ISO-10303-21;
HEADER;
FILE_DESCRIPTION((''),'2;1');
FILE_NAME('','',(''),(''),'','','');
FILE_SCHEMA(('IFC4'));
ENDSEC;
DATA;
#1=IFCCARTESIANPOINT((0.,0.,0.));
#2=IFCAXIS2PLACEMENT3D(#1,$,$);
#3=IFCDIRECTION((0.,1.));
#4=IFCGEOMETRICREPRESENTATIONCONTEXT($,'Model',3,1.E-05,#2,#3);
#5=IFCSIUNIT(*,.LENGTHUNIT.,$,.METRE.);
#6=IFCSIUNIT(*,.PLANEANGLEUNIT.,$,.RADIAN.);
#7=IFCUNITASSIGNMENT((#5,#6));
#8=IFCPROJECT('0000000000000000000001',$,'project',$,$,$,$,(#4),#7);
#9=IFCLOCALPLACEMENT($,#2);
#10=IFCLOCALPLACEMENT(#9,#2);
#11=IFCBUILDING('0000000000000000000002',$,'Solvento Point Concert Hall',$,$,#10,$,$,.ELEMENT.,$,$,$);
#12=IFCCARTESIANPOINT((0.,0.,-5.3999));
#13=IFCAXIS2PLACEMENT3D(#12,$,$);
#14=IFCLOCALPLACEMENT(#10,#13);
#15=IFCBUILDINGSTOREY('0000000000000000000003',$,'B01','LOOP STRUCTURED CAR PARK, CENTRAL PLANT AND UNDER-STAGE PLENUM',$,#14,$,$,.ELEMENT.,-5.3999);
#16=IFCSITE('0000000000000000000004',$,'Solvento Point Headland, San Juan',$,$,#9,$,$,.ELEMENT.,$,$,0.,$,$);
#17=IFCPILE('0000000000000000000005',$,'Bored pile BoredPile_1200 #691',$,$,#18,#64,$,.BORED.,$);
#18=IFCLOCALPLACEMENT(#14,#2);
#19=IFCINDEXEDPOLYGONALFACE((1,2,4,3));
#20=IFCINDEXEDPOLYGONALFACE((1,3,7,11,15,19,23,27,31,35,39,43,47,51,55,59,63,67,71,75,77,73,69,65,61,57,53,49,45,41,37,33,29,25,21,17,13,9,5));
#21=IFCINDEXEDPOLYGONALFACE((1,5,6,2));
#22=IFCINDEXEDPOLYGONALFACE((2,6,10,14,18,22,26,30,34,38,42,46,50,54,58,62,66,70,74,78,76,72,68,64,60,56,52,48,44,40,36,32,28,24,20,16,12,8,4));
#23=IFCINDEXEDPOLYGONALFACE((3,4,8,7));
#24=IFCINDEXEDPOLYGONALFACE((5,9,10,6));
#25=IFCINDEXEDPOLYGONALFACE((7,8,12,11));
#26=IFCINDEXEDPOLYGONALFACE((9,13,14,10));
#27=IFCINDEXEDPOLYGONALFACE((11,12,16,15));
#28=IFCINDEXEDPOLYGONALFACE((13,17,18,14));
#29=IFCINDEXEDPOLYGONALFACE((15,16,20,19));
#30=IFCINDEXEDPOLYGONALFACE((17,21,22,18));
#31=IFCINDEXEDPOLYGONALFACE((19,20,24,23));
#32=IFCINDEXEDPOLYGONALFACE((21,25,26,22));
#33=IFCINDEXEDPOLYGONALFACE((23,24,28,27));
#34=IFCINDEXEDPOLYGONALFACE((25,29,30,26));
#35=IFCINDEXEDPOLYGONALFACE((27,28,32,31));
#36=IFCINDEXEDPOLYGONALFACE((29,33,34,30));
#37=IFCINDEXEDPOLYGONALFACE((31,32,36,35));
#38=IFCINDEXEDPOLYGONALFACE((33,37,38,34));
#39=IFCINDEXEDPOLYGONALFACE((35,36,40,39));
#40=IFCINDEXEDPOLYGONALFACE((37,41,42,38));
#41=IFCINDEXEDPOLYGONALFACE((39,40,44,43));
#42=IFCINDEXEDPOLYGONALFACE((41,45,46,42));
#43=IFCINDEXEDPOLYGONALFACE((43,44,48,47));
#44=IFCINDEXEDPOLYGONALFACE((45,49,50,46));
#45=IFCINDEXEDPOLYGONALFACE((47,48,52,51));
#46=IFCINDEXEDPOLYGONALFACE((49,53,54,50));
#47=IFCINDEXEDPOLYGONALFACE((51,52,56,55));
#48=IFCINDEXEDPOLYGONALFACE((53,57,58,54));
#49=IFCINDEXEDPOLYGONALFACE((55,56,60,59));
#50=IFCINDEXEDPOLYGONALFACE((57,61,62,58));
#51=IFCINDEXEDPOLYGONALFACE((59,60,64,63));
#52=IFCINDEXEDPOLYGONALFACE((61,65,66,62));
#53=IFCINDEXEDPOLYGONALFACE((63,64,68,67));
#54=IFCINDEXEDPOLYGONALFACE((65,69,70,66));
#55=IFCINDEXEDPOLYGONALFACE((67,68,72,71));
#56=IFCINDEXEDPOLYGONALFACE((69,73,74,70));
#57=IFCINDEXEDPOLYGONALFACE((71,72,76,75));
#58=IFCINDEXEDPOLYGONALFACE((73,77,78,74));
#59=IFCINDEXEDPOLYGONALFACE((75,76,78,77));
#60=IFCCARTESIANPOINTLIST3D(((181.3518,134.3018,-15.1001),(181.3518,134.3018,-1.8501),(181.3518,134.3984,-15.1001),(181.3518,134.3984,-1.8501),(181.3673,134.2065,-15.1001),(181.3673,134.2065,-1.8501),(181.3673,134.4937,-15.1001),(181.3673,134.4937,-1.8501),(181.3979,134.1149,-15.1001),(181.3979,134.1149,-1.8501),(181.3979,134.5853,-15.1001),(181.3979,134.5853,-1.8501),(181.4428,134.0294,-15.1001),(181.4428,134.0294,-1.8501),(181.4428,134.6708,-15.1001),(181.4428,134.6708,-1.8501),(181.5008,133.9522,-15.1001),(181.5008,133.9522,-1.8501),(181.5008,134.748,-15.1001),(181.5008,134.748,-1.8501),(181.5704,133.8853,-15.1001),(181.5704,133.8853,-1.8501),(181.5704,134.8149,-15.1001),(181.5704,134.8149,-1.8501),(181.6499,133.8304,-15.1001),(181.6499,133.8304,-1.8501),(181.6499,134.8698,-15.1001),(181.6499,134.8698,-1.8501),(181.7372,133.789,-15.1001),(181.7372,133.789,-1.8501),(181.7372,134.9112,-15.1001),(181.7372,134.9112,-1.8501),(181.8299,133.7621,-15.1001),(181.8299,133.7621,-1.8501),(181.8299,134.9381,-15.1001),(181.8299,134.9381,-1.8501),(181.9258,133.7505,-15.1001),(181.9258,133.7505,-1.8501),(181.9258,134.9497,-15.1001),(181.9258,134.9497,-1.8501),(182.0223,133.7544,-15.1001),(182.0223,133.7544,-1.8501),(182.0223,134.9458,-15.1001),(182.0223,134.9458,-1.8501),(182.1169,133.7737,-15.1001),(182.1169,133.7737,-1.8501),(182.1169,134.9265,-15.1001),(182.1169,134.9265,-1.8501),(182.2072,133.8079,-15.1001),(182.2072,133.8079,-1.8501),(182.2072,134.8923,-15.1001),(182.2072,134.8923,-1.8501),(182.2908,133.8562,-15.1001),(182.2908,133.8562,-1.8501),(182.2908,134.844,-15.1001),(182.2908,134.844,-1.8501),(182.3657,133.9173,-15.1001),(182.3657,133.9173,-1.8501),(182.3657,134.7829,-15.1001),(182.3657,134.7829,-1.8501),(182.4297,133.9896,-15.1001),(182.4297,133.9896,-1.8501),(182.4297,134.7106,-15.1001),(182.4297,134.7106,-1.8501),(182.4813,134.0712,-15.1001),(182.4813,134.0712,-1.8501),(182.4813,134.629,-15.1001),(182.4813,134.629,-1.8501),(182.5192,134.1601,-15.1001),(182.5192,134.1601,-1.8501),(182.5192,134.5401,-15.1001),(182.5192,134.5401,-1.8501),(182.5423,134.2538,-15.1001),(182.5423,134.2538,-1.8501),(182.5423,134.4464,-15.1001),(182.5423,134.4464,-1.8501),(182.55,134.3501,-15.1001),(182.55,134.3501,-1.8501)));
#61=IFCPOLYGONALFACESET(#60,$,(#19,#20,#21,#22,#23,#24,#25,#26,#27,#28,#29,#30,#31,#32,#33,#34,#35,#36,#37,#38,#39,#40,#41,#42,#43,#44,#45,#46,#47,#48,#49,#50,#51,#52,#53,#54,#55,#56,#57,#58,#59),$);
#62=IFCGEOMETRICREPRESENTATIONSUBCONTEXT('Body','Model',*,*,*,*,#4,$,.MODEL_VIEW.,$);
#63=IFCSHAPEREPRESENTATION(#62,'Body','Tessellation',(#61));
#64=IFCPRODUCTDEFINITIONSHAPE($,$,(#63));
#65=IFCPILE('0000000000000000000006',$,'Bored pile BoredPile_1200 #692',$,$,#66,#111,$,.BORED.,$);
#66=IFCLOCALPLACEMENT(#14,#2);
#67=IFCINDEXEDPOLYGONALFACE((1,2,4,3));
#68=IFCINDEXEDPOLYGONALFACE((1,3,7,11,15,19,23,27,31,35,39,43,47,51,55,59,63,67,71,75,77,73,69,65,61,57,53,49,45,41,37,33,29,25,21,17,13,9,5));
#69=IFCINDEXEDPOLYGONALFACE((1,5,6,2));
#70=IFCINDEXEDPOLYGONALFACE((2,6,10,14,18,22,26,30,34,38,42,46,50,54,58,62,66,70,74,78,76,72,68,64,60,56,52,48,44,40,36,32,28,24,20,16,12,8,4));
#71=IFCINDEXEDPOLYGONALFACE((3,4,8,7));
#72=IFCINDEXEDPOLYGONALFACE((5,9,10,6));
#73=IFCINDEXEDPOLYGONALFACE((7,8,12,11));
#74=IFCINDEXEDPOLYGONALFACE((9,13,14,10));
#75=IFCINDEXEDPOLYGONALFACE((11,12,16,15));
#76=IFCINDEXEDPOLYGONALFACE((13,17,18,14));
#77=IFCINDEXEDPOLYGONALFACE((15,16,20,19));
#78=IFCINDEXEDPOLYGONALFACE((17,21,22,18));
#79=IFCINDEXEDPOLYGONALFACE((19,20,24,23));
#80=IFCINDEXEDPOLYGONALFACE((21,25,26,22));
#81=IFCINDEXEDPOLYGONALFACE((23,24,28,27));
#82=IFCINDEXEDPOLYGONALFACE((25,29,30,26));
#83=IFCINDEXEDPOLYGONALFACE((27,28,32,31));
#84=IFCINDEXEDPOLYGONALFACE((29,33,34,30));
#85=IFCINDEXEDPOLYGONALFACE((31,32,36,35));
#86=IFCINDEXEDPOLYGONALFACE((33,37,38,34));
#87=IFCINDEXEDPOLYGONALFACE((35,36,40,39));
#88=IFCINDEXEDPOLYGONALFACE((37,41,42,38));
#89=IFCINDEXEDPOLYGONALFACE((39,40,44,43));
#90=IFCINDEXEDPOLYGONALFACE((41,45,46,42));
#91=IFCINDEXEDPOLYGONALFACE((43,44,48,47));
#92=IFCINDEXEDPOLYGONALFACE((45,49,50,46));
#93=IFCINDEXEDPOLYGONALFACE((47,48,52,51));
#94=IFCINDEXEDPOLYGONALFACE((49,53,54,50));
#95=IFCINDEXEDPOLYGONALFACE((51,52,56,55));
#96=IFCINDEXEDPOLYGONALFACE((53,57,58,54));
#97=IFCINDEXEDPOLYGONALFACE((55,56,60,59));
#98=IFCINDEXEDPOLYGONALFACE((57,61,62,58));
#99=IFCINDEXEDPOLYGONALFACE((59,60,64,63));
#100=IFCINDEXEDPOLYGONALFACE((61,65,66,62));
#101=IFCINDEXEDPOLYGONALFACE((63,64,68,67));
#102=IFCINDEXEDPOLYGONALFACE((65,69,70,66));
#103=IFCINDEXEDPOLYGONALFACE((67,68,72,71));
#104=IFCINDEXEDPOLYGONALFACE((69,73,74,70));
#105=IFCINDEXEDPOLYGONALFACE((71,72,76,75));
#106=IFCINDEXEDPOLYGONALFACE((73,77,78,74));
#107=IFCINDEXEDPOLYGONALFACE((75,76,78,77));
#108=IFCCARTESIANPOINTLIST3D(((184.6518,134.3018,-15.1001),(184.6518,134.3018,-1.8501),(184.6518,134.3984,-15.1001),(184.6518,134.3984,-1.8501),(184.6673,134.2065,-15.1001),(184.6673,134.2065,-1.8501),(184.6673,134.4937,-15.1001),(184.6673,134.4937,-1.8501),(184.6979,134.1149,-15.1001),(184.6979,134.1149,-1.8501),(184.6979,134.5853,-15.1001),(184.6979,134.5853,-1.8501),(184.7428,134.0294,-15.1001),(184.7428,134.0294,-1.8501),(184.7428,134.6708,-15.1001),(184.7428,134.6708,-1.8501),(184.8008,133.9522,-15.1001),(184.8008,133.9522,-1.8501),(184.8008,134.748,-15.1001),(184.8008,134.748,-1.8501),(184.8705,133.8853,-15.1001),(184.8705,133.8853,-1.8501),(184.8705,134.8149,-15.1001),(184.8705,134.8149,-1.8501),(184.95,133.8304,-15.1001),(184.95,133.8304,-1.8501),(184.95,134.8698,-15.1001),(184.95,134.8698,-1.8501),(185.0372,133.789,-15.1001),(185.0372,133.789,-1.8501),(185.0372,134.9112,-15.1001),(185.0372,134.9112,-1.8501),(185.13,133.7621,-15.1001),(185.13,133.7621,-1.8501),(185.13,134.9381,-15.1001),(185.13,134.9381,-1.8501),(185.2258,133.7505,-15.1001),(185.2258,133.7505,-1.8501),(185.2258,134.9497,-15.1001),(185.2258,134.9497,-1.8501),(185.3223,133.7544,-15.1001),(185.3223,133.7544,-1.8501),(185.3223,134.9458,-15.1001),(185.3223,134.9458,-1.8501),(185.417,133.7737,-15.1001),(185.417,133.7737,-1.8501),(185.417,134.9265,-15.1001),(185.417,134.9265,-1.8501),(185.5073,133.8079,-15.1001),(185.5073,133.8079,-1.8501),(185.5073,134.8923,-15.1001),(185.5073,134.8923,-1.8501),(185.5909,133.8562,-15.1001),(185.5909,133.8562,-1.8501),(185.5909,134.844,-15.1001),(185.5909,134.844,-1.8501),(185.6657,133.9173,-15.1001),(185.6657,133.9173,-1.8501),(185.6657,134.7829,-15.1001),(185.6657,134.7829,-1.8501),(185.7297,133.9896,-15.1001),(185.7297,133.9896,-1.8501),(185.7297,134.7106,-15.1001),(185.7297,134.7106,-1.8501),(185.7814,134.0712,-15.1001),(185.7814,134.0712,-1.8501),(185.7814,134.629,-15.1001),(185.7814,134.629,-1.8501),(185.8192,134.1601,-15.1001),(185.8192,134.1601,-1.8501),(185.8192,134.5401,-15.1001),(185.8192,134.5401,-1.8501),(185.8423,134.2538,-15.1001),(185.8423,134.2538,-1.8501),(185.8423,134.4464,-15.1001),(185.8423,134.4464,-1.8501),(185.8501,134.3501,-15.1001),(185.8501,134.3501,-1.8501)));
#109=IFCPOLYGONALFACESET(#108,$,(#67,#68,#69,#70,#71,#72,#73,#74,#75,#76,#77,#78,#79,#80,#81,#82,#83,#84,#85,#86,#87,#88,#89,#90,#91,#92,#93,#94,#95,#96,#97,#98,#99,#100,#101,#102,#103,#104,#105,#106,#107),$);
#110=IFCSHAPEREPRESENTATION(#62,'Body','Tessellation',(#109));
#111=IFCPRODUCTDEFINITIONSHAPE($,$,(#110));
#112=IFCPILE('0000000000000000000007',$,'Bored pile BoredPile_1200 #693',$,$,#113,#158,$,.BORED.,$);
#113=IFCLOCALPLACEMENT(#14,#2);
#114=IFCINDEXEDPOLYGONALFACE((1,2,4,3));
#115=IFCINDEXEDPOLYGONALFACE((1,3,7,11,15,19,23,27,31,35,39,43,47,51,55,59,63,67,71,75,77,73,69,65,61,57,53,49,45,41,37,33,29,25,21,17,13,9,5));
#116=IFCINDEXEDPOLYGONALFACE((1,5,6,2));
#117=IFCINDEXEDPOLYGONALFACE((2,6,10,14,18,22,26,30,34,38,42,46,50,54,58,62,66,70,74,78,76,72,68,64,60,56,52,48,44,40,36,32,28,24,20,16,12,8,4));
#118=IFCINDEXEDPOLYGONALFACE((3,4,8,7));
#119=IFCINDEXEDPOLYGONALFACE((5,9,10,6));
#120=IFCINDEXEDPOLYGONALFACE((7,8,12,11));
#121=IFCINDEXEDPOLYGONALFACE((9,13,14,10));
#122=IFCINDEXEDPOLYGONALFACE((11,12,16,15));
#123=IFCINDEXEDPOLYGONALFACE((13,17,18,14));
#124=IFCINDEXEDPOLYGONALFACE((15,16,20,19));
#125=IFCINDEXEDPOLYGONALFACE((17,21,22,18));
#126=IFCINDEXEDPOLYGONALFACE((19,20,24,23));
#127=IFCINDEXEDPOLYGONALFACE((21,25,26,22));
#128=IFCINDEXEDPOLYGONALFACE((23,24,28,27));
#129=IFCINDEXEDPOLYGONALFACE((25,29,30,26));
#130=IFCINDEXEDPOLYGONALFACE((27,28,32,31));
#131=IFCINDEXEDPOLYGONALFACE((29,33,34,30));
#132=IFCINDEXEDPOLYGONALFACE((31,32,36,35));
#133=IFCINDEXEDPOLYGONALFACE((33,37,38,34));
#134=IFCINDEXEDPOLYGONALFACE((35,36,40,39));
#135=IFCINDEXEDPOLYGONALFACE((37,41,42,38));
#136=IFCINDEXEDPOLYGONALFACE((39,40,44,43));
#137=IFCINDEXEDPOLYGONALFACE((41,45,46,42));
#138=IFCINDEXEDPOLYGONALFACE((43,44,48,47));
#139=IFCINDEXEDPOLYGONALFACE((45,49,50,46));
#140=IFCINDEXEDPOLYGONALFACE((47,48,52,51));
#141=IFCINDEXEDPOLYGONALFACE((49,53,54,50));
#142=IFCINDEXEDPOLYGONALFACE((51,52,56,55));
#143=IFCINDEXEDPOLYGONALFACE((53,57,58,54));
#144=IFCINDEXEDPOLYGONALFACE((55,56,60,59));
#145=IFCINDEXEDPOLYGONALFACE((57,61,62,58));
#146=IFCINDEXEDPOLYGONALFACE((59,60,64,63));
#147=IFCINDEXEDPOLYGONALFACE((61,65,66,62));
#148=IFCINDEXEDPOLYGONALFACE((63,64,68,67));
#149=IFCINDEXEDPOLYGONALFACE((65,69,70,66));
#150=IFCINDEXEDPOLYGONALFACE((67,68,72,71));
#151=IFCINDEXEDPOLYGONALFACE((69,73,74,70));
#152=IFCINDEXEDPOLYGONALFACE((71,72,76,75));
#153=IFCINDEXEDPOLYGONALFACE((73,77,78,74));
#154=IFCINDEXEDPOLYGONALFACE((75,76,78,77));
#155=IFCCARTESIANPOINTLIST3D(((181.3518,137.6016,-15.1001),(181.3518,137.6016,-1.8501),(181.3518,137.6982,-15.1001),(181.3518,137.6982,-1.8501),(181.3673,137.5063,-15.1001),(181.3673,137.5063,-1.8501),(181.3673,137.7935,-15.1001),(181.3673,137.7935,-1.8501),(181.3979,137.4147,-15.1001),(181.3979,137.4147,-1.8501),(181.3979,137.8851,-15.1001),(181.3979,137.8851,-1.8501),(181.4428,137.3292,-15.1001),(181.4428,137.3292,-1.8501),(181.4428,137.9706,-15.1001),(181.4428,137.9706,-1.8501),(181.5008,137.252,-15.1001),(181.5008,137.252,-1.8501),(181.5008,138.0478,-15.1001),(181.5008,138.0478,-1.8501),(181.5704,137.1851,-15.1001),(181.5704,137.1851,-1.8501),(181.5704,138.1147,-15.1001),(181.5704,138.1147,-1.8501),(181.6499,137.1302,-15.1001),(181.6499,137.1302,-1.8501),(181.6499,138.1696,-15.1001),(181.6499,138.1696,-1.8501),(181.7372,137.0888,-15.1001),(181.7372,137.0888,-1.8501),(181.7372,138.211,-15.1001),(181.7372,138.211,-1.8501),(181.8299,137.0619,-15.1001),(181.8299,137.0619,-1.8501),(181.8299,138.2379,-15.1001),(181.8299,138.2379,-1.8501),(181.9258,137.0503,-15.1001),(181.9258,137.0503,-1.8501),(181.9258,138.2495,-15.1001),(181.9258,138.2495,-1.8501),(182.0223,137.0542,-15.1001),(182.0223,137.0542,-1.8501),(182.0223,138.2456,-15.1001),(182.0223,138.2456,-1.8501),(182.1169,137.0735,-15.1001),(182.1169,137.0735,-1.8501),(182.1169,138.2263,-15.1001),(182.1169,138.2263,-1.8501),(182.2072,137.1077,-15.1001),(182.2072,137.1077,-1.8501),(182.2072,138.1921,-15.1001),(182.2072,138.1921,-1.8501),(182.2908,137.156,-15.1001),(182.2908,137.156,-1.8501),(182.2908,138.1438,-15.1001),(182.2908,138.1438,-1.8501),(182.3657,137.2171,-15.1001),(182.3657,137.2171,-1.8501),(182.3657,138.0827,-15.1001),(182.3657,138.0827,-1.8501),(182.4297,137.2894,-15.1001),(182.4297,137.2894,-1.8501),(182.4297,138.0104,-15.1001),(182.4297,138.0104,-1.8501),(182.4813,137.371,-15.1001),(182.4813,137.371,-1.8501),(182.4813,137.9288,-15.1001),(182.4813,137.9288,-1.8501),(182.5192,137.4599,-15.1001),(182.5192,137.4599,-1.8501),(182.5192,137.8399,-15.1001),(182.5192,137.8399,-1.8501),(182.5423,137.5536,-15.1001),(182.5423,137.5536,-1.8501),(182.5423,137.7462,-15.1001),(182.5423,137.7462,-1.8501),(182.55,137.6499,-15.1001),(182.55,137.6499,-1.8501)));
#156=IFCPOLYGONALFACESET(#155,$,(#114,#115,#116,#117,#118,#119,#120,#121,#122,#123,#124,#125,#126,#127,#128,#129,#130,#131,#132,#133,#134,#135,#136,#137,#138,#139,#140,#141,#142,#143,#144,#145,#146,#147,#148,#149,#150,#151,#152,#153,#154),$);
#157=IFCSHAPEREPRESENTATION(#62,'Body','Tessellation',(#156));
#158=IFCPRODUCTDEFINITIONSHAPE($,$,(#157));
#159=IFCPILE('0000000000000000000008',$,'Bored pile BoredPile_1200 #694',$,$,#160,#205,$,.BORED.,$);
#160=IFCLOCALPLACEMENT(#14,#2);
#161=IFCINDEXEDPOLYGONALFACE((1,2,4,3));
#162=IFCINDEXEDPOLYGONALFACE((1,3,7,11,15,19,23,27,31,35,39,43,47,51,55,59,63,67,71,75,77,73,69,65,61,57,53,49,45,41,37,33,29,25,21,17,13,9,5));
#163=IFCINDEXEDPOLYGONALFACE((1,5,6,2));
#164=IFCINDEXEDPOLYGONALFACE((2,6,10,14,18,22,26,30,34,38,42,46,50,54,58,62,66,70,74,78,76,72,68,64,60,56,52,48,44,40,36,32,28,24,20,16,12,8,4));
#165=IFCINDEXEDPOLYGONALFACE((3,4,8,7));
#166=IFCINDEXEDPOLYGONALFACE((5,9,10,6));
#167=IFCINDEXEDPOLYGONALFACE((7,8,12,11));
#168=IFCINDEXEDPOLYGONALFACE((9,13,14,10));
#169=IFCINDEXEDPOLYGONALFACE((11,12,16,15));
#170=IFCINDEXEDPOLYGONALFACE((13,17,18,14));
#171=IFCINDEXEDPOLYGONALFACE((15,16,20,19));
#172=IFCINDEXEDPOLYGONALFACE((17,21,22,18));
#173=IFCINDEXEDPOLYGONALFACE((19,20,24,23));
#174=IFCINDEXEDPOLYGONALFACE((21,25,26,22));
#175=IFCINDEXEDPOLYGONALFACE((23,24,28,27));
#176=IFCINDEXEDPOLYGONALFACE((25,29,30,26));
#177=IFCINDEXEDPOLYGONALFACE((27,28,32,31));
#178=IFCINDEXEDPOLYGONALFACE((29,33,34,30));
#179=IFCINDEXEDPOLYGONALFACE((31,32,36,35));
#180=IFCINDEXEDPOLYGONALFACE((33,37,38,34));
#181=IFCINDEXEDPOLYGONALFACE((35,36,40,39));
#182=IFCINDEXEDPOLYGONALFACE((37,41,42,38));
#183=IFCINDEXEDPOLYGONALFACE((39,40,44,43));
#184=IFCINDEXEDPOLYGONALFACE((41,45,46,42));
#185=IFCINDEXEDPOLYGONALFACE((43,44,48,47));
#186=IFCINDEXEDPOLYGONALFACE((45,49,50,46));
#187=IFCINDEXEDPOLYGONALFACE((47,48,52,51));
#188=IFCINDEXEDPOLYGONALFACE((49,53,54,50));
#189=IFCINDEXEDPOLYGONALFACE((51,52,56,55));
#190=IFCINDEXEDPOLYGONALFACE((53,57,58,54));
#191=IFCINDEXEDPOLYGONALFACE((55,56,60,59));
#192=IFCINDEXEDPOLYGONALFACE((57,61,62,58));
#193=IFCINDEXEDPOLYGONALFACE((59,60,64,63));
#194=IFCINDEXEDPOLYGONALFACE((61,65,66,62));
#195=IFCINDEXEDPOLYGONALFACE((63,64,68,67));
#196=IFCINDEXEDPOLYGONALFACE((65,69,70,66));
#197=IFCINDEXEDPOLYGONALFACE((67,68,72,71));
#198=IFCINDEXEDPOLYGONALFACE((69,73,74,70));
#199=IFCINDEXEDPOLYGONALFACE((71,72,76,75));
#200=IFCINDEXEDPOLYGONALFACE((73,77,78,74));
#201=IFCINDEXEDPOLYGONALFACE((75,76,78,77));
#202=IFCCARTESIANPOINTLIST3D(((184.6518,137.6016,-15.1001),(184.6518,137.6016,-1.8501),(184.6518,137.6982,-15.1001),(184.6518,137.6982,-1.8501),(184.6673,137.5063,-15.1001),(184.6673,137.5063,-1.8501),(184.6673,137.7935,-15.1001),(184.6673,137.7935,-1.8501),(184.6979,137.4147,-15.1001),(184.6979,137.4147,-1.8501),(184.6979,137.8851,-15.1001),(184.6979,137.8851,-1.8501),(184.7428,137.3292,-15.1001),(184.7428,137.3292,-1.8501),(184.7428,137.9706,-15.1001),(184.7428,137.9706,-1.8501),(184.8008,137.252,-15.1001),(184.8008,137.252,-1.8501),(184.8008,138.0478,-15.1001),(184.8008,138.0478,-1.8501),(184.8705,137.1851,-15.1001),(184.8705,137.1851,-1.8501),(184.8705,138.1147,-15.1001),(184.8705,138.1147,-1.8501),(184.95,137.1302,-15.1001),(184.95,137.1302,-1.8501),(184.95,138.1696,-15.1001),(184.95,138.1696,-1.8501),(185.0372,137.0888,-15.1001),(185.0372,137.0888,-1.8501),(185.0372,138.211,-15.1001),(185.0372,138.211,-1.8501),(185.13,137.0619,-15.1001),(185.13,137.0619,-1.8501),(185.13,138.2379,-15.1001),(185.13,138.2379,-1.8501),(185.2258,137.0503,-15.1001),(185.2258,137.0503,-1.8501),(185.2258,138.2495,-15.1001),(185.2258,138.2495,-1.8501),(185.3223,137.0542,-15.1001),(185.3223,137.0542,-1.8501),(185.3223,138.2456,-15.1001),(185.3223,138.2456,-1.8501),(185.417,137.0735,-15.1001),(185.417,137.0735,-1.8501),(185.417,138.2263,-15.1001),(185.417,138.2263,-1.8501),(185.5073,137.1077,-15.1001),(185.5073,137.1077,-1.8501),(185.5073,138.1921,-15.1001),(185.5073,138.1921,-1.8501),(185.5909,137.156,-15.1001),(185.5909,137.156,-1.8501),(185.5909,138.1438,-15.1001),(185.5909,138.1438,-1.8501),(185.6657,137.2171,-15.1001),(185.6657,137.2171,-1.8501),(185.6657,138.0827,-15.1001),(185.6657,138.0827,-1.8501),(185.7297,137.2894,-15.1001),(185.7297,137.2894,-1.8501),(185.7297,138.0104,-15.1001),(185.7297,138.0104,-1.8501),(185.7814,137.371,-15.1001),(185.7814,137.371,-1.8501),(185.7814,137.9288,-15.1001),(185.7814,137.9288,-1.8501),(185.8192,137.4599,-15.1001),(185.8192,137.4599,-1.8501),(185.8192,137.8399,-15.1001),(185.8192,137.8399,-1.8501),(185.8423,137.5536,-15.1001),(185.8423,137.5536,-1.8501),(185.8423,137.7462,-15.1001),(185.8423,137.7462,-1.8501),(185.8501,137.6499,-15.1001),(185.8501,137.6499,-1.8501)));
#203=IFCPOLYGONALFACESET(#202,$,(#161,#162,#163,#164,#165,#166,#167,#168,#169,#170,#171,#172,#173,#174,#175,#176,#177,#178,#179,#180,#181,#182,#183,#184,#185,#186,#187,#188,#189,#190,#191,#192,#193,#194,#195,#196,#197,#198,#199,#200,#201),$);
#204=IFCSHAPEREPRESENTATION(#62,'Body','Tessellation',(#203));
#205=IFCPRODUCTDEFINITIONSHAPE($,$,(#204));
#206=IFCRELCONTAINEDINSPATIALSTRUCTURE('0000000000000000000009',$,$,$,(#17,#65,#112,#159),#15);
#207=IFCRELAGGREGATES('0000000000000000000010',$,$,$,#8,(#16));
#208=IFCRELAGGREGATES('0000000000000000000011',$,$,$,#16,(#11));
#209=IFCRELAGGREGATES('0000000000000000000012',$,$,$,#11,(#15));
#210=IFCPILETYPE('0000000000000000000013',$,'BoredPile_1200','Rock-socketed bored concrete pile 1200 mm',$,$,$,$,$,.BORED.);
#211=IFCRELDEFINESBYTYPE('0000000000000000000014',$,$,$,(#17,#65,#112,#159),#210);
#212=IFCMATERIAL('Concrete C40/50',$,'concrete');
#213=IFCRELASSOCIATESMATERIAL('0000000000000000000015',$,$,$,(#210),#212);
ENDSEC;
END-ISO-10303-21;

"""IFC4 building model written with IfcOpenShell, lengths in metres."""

from ifc_helpers import new_model, si_unit, direction, frame, origin, origin_2d, place, context, subcontext, project, spatial, circle, extrude, material, material_profile, profile_set, type_object, element, save


model = new_model("IFC4")

# Units and contexts
model_context = context("Model", 3, precision=1e-05, world=origin(), true_north=direction((0.0, 1.0)))
body_context = subcontext(model_context, "Body", "Model", "MODEL_VIEW")
ifc_project = project(units=[si_unit("LENGTHUNIT", "METRE"), si_unit("PLANEANGLEUNIT", "RADIAN")], contexts=[model_context])

# Site, building, storey
site_placement = place(None, origin())
site = spatial("IfcSite", under=ifc_project, at=site_placement, Name="Solvento Point Headland, San Juan", CompositionType="ELEMENT", RefElevation=0.0)
building_placement = place(site_placement, origin())
building = spatial("IfcBuilding", under=site, at=building_placement, Name="Solvento Point Concert Hall", CompositionType="ELEMENT")
storey_placement = place(building_placement, frame((0.0, 0.0, -5.3999)))
storey = spatial("IfcBuildingStorey", under=building, at=storey_placement, Name="B01", Description="LOOP STRUCTURED CAR PARK, CENTRAL PLANT AND UNDER-STAGE PLENUM", CompositionType="ELEMENT", Elevation=-5.3999)

# Piles
ifc_material_1 = material(Name="Concrete C40/50", Category="concrete")
ifc_material_profile_1 = material_profile(ifc_material_1, circle(Radius=0.6001, at=origin_2d()), Name="BP-1200")
ifc_profile_set_1 = profile_set([ifc_material_profile_1], Name="Concrete C40/50")
pile_type_1 = type_object("IfcPileType", Name="BoredPile_1200", Description="Rock-socketed bored concrete pile 1200 mm", PredefinedType="BORED", material=ifc_profile_set_1)
for number, where, z_axis, x_axis, name in (
    (1, (181.95, 134.3501, -1.8501), (0.0, 0.0, -1.0), (1.0, 0.0, 0.0), "Bored pile BoredPile_1200 #691"),
    (2, (185.25, 134.3501, -1.8501), (0.0, 0.0, -1.0), (1.0, 0.0, 0.0), "Bored pile BoredPile_1200 #692"),
    (3, (181.95, 137.6499, -1.8501), (0.0, 0.0, -1.0), (1.0, 0.0, 0.0), "Bored pile BoredPile_1200 #693"),
    (4, (185.25, 137.6499, -1.8501), (0.0, 0.0, -1.0), (1.0, 0.0, 0.0), "Bored pile BoredPile_1200 #694"),
):
    element("IfcPile", number, at=place(storey_placement, frame(where, z_axis=z_axis, x_axis=x_axis)), inside=storey, type_object=pile_type_1, Name=name, PredefinedType="BORED", context=body_context, shape_type="SweptSolid", body=[
        extrude(circle(Radius=0.6001, at=origin_2d()), origin(), (0.0, 0.0, 1.0), 13.25),
    ])

save(model, "model.ifc")
